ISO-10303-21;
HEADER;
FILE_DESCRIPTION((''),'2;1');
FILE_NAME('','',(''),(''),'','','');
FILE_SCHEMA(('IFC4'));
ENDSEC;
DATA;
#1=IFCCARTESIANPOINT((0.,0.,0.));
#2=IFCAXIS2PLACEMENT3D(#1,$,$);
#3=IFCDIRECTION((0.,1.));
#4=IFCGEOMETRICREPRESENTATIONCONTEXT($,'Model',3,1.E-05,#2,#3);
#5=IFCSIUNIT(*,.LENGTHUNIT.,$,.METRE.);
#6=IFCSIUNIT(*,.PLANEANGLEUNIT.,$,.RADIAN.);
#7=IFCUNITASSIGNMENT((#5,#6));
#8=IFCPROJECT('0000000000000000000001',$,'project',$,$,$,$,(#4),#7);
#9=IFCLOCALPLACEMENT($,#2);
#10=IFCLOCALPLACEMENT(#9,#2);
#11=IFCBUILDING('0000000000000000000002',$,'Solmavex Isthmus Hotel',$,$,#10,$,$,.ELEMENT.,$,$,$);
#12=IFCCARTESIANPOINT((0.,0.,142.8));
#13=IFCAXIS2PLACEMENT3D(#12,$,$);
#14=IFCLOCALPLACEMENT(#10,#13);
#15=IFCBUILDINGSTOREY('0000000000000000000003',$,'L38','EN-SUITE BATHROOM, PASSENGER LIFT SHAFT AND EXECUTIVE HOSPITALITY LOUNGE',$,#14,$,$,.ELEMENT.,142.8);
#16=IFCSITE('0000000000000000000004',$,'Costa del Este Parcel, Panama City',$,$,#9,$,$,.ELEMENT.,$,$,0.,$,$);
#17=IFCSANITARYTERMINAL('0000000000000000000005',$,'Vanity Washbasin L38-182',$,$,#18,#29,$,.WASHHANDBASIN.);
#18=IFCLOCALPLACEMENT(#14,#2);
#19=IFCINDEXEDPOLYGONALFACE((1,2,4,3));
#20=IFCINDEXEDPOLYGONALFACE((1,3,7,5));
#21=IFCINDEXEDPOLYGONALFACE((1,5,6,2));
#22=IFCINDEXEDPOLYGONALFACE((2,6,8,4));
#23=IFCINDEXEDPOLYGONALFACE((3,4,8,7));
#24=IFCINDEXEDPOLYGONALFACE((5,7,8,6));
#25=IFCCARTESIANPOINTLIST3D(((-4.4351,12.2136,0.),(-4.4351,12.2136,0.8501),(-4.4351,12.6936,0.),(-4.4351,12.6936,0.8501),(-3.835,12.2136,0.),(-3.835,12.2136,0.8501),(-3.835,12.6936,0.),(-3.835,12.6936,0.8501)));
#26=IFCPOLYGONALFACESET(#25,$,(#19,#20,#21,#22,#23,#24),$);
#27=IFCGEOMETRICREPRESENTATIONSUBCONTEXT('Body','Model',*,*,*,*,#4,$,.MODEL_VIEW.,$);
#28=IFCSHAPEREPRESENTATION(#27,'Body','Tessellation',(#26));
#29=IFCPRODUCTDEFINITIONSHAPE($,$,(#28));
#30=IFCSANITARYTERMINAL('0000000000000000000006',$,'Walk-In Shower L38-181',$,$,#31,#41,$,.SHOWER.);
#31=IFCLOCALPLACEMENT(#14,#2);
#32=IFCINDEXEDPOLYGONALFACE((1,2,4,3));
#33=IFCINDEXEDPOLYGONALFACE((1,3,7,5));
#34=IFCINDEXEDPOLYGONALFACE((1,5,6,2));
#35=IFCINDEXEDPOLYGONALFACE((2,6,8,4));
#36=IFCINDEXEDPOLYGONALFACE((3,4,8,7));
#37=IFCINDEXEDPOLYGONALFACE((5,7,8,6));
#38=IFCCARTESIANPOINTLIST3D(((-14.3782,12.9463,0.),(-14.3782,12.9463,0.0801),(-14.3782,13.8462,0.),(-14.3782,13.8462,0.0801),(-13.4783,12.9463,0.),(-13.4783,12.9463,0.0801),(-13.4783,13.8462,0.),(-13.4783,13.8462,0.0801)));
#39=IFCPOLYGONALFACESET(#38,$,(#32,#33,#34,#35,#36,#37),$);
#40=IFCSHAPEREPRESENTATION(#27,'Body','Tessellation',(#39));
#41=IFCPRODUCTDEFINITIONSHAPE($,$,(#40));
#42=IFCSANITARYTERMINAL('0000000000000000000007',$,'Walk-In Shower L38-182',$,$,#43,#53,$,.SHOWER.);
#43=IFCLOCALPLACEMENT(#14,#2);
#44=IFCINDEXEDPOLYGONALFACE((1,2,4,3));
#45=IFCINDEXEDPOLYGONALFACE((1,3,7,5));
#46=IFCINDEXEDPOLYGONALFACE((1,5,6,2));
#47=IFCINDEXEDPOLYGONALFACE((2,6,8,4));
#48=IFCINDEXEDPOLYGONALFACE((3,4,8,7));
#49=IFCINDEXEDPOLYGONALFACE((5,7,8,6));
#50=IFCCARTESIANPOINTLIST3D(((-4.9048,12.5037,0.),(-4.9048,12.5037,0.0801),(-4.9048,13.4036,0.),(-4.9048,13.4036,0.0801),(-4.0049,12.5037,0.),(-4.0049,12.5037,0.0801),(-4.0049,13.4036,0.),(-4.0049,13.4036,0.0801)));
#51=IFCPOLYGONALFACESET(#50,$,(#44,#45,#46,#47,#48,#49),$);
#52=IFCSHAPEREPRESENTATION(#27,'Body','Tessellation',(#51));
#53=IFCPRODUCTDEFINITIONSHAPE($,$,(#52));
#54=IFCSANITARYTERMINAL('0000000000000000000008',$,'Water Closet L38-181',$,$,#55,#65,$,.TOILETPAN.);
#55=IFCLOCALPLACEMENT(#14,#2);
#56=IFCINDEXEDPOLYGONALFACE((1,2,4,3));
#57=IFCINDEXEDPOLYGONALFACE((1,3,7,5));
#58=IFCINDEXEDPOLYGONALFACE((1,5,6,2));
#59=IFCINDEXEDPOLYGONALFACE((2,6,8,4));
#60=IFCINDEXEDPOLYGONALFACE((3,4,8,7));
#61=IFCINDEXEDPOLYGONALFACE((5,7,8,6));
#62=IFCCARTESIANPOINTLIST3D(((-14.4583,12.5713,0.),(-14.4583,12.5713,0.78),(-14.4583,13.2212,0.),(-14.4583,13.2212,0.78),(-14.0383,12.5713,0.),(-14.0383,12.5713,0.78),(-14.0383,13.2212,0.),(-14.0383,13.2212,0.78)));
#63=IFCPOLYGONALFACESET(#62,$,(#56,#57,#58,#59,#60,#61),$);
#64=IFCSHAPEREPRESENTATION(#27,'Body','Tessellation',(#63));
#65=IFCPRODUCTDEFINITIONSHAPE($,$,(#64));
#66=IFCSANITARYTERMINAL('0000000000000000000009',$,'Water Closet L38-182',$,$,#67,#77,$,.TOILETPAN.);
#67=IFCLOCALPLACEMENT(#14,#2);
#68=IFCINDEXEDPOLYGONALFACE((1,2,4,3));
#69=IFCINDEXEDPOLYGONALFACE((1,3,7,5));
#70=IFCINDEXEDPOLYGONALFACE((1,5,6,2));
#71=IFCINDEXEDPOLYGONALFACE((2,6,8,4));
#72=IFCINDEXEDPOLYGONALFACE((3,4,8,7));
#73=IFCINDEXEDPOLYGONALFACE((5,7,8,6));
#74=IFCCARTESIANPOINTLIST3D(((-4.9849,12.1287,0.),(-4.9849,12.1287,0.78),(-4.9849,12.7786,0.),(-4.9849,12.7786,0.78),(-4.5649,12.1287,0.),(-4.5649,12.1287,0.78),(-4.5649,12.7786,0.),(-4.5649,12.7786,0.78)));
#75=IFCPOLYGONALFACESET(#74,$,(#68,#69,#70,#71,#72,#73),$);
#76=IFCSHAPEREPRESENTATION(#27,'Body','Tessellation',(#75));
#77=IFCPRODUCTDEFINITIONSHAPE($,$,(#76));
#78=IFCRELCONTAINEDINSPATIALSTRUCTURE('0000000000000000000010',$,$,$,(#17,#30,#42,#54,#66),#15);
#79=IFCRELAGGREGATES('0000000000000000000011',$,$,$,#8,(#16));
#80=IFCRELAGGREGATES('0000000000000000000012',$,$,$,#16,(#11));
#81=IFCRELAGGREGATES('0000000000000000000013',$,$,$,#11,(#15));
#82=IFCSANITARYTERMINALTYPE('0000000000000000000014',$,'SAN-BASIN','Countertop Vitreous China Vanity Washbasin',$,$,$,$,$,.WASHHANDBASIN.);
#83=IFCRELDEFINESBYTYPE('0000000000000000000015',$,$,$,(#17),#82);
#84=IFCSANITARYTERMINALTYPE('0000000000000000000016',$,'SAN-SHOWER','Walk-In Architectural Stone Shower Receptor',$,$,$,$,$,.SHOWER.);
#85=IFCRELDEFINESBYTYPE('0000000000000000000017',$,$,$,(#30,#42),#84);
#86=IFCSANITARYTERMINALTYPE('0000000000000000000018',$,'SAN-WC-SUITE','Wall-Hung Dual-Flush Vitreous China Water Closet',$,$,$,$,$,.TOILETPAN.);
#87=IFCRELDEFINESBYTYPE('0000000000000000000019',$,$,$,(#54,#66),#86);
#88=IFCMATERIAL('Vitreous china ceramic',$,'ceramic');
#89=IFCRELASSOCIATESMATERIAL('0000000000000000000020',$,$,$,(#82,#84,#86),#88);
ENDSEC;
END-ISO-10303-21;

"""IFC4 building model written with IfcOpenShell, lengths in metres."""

from ifc_helpers import new_model, si_unit, direction, frame, origin, origin_2d, place, context, subcontext, project, spatial, rectangle, extrude, material, type_object, element, save


model = new_model("IFC4")

# Units and contexts
model_context = context("Model", 3, precision=1e-05, world=origin(), true_north=direction((0.0, 1.0)))
body_context = subcontext(model_context, "Body", "Model", "MODEL_VIEW")
ifc_project = project(units=[si_unit("LENGTHUNIT", "METRE"), si_unit("PLANEANGLEUNIT", "RADIAN")], contexts=[model_context])

# Site, building, storey
site_placement = place(None, origin())
site = spatial("IfcSite", under=ifc_project, at=site_placement, Name="Costa del Este Parcel, Panama City", CompositionType="ELEMENT", RefElevation=0.0)
building_placement = place(site_placement, origin())
building = spatial("IfcBuilding", under=site, at=building_placement, Name="Solmavex Isthmus Hotel", CompositionType="ELEMENT")
storey_placement = place(building_placement, frame((0.0, 0.0, 142.8)))
storey = spatial("IfcBuildingStorey", under=building, at=storey_placement, Name="L38", Description="EN-SUITE BATHROOM, PASSENGER LIFT SHAFT AND EXECUTIVE HOSPITALITY LOUNGE", CompositionType="ELEMENT", Elevation=142.8)

# Sanitary terminals
ifc_material_1 = material(Name="Vitreous china ceramic", Category="ceramic")
sanitary_terminal_type_1 = type_object("IfcSanitaryTerminalType", Name="SAN-BASIN", Description="Countertop Vitreous China Vanity Washbasin", PredefinedType="WASHHANDBASIN", material=ifc_material_1)
for number, where, z_axis, x_axis, name in (
    (1, (-4.135, 12.4536, 0.0), (0.0, 0.0, 1.0), (1.0, 0.0, 0.0), "Vanity Washbasin L38-182"),
):
    element("IfcSanitaryTerminal", number, at=place(storey_placement, frame(where, z_axis=z_axis, x_axis=x_axis)), inside=storey, type_object=sanitary_terminal_type_1, Name=name, PredefinedType="WASHHANDBASIN", context=body_context, shape_type="SweptSolid", body=[
        extrude(rectangle(XDim=0.6001, YDim=0.48, at=origin_2d()), origin(), (0.0, 0.0, 1.0), 0.8501),
    ])
sanitary_terminal_type_2 = type_object("IfcSanitaryTerminalType", Name="SAN-SHOWER", Description="Walk-In Architectural Stone Shower Receptor", PredefinedType="SHOWER", material=ifc_material_1)
for number, where, z_axis, x_axis, name in (
    (2, (-13.9282, 13.3962, 0.0), (0.0, 0.0, 1.0), (1.0, 0.0, 0.0), "Walk-In Shower L38-181"),
    (3, (-4.4548, 12.9536, 0.0), (0.0, 0.0, 1.0), (1.0, 0.0, 0.0), "Walk-In Shower L38-182"),
):
    element("IfcSanitaryTerminal", number, at=place(storey_placement, frame(where, z_axis=z_axis, x_axis=x_axis)), inside=storey, type_object=sanitary_terminal_type_2, Name=name, PredefinedType="SHOWER", context=body_context, shape_type="SweptSolid", body=[
        extrude(rectangle(XDim=0.8999, YDim=0.8999, at=origin_2d()), origin(), (0.0, 0.0, 1.0), 0.0801),
    ])
sanitary_terminal_type_3 = type_object("IfcSanitaryTerminalType", Name="SAN-WC-SUITE", Description="Wall-Hung Dual-Flush Vitreous China Water Closet", PredefinedType="TOILETPAN", material=ifc_material_1)
for number, where, z_axis, x_axis, name in (
    (4, (-14.2483, 12.8962, 0.0), (0.0, 0.0, 1.0), (1.0, 0.0, 0.0), "Water Closet L38-181"),
    (5, (-4.7749, 12.4536, 0.0), (0.0, 0.0, 1.0), (1.0, 0.0, 0.0), "Water Closet L38-182"),
):
    element("IfcSanitaryTerminal", number, at=place(storey_placement, frame(where, z_axis=z_axis, x_axis=x_axis)), inside=storey, type_object=sanitary_terminal_type_3, Name=name, PredefinedType="TOILETPAN", context=body_context, shape_type="SweptSolid", body=[
        extrude(rectangle(XDim=0.4199, YDim=0.6499, at=origin_2d()), origin(), (0.0, 0.0, 1.0), 0.78),
    ])

save(model, "model.ifc")
